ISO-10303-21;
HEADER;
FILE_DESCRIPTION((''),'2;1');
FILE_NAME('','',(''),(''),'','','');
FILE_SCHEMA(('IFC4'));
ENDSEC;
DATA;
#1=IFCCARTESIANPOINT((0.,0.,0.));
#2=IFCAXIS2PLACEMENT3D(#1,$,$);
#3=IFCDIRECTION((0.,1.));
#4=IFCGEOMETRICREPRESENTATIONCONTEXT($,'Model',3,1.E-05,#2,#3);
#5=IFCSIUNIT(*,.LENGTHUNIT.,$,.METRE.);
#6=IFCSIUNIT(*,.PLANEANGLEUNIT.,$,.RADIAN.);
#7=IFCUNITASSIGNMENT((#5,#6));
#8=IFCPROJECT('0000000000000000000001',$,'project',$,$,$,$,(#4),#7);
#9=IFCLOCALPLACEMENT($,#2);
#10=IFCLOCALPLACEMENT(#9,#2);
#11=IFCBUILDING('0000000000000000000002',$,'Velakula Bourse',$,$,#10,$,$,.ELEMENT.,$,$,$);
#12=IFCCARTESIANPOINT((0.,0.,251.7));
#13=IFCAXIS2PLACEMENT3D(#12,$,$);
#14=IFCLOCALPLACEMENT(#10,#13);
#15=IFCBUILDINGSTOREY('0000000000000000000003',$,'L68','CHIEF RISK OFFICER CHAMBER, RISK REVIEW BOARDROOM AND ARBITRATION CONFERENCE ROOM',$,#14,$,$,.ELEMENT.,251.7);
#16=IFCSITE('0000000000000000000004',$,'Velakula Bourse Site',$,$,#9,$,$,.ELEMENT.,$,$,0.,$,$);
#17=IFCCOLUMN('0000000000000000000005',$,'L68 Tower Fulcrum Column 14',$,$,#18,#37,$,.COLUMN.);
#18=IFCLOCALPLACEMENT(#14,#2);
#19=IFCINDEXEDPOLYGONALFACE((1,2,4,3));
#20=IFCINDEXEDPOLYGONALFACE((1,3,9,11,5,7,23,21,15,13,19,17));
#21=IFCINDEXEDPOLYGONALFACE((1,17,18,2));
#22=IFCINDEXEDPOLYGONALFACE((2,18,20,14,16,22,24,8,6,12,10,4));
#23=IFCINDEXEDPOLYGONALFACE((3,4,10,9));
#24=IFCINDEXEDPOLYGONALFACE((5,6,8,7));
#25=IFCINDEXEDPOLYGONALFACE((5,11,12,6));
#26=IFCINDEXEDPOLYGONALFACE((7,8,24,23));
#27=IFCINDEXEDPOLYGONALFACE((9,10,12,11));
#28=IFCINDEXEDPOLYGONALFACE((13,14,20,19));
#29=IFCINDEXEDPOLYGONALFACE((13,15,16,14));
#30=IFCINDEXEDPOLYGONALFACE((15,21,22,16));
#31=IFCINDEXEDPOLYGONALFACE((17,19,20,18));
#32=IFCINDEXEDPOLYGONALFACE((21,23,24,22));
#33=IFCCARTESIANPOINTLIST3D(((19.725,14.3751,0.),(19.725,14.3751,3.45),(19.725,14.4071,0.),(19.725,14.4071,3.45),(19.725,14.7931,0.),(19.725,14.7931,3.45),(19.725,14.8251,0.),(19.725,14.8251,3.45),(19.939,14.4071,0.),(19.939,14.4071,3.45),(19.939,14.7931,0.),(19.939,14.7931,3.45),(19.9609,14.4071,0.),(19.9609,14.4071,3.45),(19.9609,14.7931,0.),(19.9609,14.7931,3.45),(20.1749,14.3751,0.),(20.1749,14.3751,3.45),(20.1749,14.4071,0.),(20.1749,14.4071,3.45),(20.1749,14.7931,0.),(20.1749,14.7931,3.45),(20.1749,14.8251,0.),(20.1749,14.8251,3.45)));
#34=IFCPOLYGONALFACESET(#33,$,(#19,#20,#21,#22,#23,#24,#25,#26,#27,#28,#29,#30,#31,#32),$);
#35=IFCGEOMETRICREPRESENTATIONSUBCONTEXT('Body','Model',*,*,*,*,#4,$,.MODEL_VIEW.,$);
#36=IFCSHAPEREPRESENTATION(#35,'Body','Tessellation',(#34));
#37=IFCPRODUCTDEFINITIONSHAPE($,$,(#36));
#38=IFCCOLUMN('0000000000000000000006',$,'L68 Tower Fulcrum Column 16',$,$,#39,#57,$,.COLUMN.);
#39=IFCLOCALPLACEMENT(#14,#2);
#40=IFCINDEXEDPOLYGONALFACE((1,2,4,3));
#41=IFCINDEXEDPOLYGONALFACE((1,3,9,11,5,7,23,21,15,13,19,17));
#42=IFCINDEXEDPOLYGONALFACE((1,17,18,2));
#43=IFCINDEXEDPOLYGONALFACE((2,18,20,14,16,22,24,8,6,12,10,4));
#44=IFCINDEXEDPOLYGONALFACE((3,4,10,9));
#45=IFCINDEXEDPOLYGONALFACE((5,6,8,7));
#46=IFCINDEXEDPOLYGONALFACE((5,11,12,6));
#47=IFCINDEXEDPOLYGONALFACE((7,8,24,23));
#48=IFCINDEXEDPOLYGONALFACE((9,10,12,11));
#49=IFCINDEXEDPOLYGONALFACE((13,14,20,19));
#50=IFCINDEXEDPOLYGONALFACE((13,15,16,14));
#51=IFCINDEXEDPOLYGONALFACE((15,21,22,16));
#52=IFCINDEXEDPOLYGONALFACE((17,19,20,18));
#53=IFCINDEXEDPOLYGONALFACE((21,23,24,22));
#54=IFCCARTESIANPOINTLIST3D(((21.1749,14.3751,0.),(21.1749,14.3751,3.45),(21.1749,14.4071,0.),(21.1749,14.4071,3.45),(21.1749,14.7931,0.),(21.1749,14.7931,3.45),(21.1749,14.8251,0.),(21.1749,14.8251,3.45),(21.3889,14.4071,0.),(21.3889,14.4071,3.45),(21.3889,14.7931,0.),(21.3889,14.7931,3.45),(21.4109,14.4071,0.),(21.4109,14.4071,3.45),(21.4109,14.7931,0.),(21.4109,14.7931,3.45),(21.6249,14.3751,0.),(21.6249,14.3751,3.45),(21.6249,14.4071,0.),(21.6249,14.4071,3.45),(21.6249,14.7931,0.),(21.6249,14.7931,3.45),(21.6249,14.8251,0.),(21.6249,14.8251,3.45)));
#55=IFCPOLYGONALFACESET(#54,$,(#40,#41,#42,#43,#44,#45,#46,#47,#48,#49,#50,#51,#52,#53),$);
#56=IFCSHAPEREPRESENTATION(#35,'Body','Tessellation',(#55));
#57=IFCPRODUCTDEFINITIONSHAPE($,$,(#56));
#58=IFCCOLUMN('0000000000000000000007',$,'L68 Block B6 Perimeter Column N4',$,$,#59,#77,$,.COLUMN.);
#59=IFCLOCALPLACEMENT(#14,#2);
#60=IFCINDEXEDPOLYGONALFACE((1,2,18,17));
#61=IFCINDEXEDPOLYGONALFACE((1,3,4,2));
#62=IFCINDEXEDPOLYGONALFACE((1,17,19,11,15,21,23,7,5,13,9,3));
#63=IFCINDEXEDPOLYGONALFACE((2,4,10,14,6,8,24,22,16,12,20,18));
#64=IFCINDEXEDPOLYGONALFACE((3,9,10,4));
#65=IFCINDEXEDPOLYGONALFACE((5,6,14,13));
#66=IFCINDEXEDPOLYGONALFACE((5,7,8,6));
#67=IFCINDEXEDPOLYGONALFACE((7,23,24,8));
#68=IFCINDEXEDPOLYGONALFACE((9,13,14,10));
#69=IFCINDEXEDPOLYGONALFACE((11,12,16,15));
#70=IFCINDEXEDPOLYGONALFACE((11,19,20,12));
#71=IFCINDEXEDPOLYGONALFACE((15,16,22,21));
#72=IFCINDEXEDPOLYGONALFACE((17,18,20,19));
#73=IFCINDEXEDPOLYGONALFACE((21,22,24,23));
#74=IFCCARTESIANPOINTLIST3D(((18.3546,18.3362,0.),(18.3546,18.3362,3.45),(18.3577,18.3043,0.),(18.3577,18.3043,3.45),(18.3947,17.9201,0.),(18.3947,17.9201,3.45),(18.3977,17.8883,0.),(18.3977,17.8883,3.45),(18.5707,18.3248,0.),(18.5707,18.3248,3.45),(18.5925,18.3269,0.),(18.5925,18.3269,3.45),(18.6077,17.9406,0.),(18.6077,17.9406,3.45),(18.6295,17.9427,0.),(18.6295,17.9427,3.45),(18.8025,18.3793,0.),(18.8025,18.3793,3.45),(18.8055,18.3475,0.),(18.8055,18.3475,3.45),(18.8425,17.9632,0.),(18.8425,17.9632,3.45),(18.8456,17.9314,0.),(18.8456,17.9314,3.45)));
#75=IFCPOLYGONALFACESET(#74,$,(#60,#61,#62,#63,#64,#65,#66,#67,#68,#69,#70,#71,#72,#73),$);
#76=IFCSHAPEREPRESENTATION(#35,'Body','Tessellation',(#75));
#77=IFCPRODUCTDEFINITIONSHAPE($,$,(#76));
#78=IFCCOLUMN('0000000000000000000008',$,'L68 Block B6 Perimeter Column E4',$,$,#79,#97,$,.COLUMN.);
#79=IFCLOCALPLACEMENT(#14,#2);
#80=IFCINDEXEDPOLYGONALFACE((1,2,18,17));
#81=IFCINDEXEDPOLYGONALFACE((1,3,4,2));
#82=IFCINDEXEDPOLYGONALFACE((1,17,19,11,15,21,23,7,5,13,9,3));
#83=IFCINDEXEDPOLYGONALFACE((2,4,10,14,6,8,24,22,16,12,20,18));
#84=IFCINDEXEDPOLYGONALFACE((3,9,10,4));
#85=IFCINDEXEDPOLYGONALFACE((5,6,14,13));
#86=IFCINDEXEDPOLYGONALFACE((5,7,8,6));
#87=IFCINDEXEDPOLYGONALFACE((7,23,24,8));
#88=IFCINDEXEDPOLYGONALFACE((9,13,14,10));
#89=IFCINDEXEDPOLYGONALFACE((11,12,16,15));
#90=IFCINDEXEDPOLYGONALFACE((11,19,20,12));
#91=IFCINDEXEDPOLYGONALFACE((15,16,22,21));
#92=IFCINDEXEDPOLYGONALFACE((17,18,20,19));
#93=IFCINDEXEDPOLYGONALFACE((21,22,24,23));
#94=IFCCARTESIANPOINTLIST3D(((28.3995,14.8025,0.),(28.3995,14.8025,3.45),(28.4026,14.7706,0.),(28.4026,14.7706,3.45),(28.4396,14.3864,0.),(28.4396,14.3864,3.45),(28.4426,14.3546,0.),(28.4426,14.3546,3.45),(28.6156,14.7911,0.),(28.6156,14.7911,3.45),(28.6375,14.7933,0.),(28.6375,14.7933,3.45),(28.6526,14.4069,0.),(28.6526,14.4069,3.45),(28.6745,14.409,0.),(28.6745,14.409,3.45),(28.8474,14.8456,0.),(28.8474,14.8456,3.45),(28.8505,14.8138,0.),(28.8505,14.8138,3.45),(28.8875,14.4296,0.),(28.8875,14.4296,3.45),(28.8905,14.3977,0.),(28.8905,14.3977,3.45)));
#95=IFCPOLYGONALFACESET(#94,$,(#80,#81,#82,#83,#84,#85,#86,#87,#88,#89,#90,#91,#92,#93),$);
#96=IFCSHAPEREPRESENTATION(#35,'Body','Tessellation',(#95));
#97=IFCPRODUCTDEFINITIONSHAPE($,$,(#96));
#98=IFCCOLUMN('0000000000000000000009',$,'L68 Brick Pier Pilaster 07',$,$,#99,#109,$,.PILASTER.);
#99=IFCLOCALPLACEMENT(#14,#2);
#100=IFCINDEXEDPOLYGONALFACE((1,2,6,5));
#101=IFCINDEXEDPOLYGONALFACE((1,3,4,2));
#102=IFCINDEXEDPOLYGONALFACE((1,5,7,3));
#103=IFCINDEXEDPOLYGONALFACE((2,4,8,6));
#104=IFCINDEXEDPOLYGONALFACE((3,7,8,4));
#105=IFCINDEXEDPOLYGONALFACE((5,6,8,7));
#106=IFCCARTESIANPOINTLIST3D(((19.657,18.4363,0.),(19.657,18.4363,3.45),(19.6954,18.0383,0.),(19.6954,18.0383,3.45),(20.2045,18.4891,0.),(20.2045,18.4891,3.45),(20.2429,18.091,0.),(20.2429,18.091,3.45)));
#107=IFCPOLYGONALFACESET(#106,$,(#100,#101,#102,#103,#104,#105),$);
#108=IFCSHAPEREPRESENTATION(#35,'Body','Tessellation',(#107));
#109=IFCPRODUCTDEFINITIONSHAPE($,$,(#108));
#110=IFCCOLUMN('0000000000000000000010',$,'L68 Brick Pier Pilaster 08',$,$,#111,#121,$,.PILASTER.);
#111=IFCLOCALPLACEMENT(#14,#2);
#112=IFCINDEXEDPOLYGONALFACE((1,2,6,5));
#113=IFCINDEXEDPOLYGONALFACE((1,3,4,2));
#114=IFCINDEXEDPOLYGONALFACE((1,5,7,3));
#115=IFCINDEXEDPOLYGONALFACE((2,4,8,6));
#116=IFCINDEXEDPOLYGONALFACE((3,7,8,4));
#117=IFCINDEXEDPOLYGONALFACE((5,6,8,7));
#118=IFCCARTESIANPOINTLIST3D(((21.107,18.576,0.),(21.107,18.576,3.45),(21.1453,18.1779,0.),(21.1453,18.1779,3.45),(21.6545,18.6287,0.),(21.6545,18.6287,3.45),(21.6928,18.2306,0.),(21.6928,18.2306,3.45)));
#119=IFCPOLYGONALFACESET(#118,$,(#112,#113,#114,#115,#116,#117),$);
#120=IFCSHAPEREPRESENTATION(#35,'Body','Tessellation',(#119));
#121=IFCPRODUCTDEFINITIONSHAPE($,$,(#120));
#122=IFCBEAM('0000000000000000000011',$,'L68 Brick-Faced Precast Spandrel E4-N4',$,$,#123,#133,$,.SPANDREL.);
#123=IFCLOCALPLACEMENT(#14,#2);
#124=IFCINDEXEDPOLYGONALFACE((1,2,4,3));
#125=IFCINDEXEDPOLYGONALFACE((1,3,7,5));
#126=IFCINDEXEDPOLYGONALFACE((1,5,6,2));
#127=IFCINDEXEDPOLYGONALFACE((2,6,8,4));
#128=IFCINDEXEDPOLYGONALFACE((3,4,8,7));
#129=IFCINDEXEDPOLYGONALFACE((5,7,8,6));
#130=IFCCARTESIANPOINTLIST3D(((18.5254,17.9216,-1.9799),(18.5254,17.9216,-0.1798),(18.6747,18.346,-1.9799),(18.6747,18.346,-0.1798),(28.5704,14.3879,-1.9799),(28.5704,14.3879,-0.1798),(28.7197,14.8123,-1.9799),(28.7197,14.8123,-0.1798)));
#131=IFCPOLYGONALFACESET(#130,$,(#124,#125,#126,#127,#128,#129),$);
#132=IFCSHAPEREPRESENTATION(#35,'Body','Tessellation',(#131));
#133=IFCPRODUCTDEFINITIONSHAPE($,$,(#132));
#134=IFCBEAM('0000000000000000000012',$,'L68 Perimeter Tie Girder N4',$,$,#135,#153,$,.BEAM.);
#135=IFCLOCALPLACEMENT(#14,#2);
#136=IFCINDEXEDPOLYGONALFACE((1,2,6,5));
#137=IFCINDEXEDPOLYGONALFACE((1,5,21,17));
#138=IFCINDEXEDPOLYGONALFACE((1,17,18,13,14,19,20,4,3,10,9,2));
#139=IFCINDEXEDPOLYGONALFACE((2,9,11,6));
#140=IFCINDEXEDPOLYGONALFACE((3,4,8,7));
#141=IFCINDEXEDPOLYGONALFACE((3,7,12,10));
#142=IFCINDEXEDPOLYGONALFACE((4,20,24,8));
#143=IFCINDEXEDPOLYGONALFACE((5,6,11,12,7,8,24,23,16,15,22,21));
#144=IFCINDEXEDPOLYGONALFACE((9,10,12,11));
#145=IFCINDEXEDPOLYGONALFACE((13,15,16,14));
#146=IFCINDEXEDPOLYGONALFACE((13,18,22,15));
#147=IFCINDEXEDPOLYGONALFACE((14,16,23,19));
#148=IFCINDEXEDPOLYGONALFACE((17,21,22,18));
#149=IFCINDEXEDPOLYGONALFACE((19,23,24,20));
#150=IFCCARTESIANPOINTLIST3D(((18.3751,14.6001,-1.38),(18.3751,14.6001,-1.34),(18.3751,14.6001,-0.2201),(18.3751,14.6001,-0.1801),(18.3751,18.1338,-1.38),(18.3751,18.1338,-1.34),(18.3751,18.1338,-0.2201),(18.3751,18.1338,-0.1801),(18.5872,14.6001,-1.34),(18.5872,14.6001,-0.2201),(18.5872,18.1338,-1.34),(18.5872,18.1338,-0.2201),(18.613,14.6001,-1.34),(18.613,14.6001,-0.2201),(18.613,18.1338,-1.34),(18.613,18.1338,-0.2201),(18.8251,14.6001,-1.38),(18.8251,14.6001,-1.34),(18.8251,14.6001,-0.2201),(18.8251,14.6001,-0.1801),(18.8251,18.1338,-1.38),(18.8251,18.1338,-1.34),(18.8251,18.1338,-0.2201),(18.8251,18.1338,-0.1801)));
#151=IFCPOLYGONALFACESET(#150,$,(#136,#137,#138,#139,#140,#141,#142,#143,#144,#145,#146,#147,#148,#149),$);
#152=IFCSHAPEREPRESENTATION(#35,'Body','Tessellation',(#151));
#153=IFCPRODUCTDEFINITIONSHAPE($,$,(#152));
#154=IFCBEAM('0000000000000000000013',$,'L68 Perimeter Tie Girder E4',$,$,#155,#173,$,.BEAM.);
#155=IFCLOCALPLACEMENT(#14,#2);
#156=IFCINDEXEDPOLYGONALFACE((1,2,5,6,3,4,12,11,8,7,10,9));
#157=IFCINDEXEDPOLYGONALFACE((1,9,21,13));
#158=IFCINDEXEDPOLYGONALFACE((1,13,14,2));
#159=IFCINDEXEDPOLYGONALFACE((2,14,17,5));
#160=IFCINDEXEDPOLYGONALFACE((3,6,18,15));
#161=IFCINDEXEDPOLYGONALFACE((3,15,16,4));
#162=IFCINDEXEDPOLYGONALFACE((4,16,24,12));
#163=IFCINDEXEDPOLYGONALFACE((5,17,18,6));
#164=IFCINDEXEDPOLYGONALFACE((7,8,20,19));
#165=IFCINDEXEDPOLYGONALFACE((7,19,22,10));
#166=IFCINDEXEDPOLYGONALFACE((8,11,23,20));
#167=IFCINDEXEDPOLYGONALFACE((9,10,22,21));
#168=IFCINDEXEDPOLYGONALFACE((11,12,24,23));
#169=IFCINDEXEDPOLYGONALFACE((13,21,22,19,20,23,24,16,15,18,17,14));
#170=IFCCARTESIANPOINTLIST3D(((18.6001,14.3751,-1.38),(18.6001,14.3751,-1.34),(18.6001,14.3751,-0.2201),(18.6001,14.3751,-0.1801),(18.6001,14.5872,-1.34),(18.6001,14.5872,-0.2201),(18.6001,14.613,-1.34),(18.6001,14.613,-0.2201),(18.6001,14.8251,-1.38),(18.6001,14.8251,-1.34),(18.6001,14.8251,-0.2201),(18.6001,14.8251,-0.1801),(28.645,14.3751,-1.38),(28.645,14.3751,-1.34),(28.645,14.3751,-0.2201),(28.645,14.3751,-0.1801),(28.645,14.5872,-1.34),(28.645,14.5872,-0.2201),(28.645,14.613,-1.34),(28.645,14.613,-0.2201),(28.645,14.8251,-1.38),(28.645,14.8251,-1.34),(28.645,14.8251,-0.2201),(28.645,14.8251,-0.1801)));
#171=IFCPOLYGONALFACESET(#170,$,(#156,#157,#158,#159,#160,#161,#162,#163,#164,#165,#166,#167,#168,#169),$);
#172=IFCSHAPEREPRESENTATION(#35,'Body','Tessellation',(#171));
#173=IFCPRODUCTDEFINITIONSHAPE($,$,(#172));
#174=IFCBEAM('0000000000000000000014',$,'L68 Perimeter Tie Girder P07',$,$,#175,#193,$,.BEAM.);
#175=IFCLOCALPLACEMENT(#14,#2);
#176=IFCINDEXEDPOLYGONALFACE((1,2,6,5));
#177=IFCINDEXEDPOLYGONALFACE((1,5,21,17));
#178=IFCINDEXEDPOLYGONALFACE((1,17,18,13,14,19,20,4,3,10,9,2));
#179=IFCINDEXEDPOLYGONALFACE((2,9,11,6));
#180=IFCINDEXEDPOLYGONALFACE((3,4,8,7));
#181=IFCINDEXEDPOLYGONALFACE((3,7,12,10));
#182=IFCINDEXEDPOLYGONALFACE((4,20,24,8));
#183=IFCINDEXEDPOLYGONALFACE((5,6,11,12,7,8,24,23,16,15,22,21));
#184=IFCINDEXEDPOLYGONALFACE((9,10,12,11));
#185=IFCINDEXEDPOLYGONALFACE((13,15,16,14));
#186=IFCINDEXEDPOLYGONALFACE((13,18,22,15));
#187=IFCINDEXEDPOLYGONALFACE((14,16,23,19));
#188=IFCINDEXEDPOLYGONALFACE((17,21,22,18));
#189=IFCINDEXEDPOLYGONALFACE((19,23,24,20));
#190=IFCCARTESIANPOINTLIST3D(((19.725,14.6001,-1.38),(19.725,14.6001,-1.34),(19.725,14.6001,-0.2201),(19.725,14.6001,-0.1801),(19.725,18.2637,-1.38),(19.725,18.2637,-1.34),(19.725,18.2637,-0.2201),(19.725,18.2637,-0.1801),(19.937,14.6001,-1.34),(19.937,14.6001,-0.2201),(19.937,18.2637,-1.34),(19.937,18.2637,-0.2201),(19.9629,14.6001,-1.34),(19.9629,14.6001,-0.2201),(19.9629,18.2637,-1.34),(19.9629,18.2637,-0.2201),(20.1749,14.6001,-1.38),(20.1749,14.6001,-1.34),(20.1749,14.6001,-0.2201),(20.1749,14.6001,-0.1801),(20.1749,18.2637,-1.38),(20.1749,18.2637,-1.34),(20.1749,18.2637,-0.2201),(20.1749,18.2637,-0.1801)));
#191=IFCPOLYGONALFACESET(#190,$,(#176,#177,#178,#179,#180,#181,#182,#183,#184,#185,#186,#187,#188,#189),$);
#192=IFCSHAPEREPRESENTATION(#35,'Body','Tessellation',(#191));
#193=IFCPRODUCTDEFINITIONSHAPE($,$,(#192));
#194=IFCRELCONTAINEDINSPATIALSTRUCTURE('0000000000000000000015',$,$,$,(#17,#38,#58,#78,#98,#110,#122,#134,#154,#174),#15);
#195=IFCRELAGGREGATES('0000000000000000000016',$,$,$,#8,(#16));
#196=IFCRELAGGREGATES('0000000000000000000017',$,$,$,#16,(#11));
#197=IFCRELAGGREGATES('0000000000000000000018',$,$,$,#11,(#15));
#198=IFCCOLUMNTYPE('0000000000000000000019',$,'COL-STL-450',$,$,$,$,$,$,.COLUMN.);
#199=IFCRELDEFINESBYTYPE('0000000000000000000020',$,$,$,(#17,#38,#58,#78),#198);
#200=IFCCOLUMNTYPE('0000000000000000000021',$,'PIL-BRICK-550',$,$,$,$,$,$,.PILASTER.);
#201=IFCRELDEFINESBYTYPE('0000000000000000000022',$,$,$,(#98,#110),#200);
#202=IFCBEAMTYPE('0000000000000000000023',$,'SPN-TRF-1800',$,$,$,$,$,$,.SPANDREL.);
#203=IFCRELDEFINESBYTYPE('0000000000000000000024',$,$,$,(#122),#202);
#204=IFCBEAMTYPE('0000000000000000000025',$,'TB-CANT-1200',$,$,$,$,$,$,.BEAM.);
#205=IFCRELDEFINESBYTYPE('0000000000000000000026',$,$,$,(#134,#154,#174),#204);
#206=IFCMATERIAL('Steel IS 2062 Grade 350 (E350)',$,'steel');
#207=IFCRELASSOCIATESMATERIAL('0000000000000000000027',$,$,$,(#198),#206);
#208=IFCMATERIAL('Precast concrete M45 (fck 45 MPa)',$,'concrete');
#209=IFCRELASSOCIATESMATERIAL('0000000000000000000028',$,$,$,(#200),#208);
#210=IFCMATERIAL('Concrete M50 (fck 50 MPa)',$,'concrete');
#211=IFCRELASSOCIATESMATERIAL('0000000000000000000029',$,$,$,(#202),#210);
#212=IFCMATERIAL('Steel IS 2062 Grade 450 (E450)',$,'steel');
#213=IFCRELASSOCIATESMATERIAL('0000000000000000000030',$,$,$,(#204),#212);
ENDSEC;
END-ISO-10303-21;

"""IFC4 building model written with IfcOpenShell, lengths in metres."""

from ifc_helpers import new_model, si_unit, direction, frame, origin, origin_2d, place, context, subcontext, project, spatial, rectangle, i_section, extrude, material, material_profile, profile_set, type_object, element, save


model = new_model("IFC4")

# Units and contexts
model_context = context("Model", 3, precision=1e-05, world=origin(), true_north=direction((0.0, 1.0)))
body_context = subcontext(model_context, "Body", "Model", "MODEL_VIEW")
ifc_project = project(units=[si_unit("LENGTHUNIT", "METRE"), si_unit("PLANEANGLEUNIT", "RADIAN")], contexts=[model_context])

# Site, building, storey
site_placement = place(None, origin())
site = spatial("IfcSite", under=ifc_project, at=site_placement, Name="Velakula Bourse Site", CompositionType="ELEMENT", RefElevation=0.0)
building_placement = place(site_placement, origin())
building = spatial("IfcBuilding", under=site, at=building_placement, Name="Velakula Bourse", CompositionType="ELEMENT")
storey_placement = place(building_placement, frame((0.0, 0.0, 251.7)))
storey = spatial("IfcBuildingStorey", under=building, at=storey_placement, Name="L68", Description="CHIEF RISK OFFICER CHAMBER, RISK REVIEW BOARDROOM AND ARBITRATION CONFERENCE ROOM", CompositionType="ELEMENT", Elevation=251.7)

# Columns
ifc_material_1 = material(Name="Steel IS 2062 Grade 350 (E350)", Category="steel")
ifc_material_profile_1 = material_profile(ifc_material_1, i_section(OverallWidth=0.45, OverallDepth=0.45, WebThickness=0.022, FlangeThickness=0.032, at=origin_2d()), Name="Steel IS 2062 Grade 350 (E350)")
ifc_profile_set_1 = profile_set([ifc_material_profile_1], Name="Steel IS 2062 Grade 350 (E350)")
column_type_1 = type_object("IfcColumnType", Name="COL-STL-450", PredefinedType="COLUMN", material=ifc_profile_set_1)
for number, where, z_axis, x_axis, name in (
    (1, (19.95, 14.6001, 0.0), (0.0, 0.0, 1.0), (1.0, 0.0, 0.0), "L68 Tower Fulcrum Column 14"),
    (2, (21.3999, 14.6001, 0.0), (0.0, 0.0, 1.0), (1.0, 0.0, 0.0), "L68 Tower Fulcrum Column 16"),
    (3, (18.6001, 18.1338, 0.0), (0.0, 0.0, 1.0), (0.995396, 0.095846, 0.0), "L68 Block B6 Perimeter Column N4"),
    (4, (28.645, 14.6001, 0.0), (0.0, 0.0, 1.0), (0.995396, 0.095846, 0.0), "L68 Block B6 Perimeter Column E4"),
):
    element("IfcColumn", number, at=place(storey_placement, frame(where, z_axis=z_axis, x_axis=x_axis)), inside=storey, type_object=column_type_1, Name=name, PredefinedType="COLUMN", context=body_context, shape_type="SweptSolid", body=[
        extrude(i_section(OverallWidth=0.45, OverallDepth=0.45, WebThickness=0.022, FlangeThickness=0.032, at=origin_2d()), origin(), (0.0, 0.0, 1.0), 3.45),
    ])
ifc_material_2 = material(Name="Precast concrete M45 (fck 45 MPa)", Category="concrete")
ifc_material_profile_2 = material_profile(ifc_material_2, rectangle(XDim=0.55, YDim=0.3999, at=origin_2d()), Name="Precast concrete M45 (fck 45 MPa)")
ifc_profile_set_2 = profile_set([ifc_material_profile_2], Name="Precast concrete M45 (fck 45 MPa)")
column_type_2 = type_object("IfcColumnType", Name="PIL-BRICK-550", PredefinedType="PILASTER", material=ifc_profile_set_2)
for number, where, z_axis, x_axis, name in (
    (5, (19.95, 18.2637, 0.0), (0.0, 0.0, 1.0), (0.995396, 0.095846, 0.0), "L68 Brick Pier Pilaster 07"),
    (6, (21.3999, 18.4033, 0.0), (0.0, 0.0, 1.0), (0.995396, 0.095846, 0.0), "L68 Brick Pier Pilaster 08"),
):
    element("IfcColumn", number, at=place(storey_placement, frame(where, z_axis=z_axis, x_axis=x_axis)), inside=storey, type_object=column_type_2, Name=name, PredefinedType="PILASTER", context=body_context, shape_type="SweptSolid", body=[
        extrude(rectangle(XDim=0.55, YDim=0.3999, at=origin_2d()), origin(), (0.0, 0.0, 1.0), 3.45),
    ])

# Beams
ifc_material_3 = material(Name="Concrete M50 (fck 50 MPa)", Category="concrete")
ifc_material_profile_3 = material_profile(ifc_material_3, rectangle(XDim=0.45, YDim=1.8, at=origin_2d()), Name="Concrete M50 (fck 50 MPa)")
ifc_profile_set_3 = profile_set([ifc_material_profile_3], Name="Concrete M50 (fck 50 MPa)")
beam_type_1 = type_object("IfcBeamType", Name="SPN-TRF-1800", PredefinedType="SPANDREL", material=ifc_profile_set_3)
beam_1_placement = place(storey_placement, frame((28.645, 14.6001, -1.0798), z_axis=(-0.943331, 0.331853, 0.0), x_axis=(-0.331853, -0.943331, 0.0)))
element("IfcBeam", 7, at=beam_1_placement, inside=storey, type_object=beam_type_1, Name="L68 Brick-Faced Precast Spandrel E4-N4", PredefinedType="SPANDREL", context=body_context, shape_type="SweptSolid", body=[
    extrude(rectangle(XDim=0.45, YDim=1.8, at=origin_2d()), origin(), (0.0, 0.0, 1.0), 10.6484),
])
ifc_material_4 = material(Name="Steel IS 2062 Grade 450 (E450)", Category="steel")
ifc_material_profile_4 = material_profile(ifc_material_4, i_section(OverallWidth=0.45, OverallDepth=1.2, WebThickness=0.0259, FlangeThickness=0.04, at=origin_2d()), Name="Steel IS 2062 Grade 450 (E450)")
ifc_profile_set_4 = profile_set([ifc_material_profile_4], Name="Steel IS 2062 Grade 450 (E450)")
beam_type_2 = type_object("IfcBeamType", Name="TB-CANT-1200", PredefinedType="BEAM", material=ifc_profile_set_4)
beam_2_placement = place(storey_placement, frame((18.6001, 14.6001, -0.78), z_axis=(0.0, 1.0, 0.0), x_axis=(-1.0, 0.0, 0.0)))
element("IfcBeam", 8, at=beam_2_placement, inside=storey, type_object=beam_type_2, Name="L68 Perimeter Tie Girder N4", PredefinedType="BEAM", context=body_context, shape_type="SweptSolid", body=[
    extrude(i_section(OverallWidth=0.45, OverallDepth=1.2, WebThickness=0.0259, FlangeThickness=0.04, at=origin_2d()), origin(), (0.0, 0.0, 1.0), 3.5337),
])
beam_3_placement = place(storey_placement, frame((18.6001, 14.6001, -0.78), z_axis=(1.0, 0.0, 0.0), x_axis=(0.0, 1.0, 0.0)))
element("IfcBeam", 9, at=beam_3_placement, inside=storey, type_object=beam_type_2, Name="L68 Perimeter Tie Girder E4", PredefinedType="BEAM", context=body_context, shape_type="SweptSolid", body=[
    extrude(i_section(OverallWidth=0.45, OverallDepth=1.2, WebThickness=0.0259, FlangeThickness=0.04, at=origin_2d()), origin(), (0.0, 0.0, 1.0), 10.0449),
])
beam_4_placement = place(storey_placement, frame((19.95, 14.6001, -0.78), z_axis=(0.0, 1.0, 0.0), x_axis=(-1.0, 0.0, 0.0)))
element("IfcBeam", 10, at=beam_4_placement, inside=storey, type_object=beam_type_2, Name="L68 Perimeter Tie Girder P07", PredefinedType="BEAM", context=body_context, shape_type="SweptSolid", body=[
    extrude(i_section(OverallWidth=0.45, OverallDepth=1.2, WebThickness=0.0259, FlangeThickness=0.04, at=origin_2d()), origin(), (0.0, 0.0, 1.0), 3.6636),
])

save(model, "model.ifc")
